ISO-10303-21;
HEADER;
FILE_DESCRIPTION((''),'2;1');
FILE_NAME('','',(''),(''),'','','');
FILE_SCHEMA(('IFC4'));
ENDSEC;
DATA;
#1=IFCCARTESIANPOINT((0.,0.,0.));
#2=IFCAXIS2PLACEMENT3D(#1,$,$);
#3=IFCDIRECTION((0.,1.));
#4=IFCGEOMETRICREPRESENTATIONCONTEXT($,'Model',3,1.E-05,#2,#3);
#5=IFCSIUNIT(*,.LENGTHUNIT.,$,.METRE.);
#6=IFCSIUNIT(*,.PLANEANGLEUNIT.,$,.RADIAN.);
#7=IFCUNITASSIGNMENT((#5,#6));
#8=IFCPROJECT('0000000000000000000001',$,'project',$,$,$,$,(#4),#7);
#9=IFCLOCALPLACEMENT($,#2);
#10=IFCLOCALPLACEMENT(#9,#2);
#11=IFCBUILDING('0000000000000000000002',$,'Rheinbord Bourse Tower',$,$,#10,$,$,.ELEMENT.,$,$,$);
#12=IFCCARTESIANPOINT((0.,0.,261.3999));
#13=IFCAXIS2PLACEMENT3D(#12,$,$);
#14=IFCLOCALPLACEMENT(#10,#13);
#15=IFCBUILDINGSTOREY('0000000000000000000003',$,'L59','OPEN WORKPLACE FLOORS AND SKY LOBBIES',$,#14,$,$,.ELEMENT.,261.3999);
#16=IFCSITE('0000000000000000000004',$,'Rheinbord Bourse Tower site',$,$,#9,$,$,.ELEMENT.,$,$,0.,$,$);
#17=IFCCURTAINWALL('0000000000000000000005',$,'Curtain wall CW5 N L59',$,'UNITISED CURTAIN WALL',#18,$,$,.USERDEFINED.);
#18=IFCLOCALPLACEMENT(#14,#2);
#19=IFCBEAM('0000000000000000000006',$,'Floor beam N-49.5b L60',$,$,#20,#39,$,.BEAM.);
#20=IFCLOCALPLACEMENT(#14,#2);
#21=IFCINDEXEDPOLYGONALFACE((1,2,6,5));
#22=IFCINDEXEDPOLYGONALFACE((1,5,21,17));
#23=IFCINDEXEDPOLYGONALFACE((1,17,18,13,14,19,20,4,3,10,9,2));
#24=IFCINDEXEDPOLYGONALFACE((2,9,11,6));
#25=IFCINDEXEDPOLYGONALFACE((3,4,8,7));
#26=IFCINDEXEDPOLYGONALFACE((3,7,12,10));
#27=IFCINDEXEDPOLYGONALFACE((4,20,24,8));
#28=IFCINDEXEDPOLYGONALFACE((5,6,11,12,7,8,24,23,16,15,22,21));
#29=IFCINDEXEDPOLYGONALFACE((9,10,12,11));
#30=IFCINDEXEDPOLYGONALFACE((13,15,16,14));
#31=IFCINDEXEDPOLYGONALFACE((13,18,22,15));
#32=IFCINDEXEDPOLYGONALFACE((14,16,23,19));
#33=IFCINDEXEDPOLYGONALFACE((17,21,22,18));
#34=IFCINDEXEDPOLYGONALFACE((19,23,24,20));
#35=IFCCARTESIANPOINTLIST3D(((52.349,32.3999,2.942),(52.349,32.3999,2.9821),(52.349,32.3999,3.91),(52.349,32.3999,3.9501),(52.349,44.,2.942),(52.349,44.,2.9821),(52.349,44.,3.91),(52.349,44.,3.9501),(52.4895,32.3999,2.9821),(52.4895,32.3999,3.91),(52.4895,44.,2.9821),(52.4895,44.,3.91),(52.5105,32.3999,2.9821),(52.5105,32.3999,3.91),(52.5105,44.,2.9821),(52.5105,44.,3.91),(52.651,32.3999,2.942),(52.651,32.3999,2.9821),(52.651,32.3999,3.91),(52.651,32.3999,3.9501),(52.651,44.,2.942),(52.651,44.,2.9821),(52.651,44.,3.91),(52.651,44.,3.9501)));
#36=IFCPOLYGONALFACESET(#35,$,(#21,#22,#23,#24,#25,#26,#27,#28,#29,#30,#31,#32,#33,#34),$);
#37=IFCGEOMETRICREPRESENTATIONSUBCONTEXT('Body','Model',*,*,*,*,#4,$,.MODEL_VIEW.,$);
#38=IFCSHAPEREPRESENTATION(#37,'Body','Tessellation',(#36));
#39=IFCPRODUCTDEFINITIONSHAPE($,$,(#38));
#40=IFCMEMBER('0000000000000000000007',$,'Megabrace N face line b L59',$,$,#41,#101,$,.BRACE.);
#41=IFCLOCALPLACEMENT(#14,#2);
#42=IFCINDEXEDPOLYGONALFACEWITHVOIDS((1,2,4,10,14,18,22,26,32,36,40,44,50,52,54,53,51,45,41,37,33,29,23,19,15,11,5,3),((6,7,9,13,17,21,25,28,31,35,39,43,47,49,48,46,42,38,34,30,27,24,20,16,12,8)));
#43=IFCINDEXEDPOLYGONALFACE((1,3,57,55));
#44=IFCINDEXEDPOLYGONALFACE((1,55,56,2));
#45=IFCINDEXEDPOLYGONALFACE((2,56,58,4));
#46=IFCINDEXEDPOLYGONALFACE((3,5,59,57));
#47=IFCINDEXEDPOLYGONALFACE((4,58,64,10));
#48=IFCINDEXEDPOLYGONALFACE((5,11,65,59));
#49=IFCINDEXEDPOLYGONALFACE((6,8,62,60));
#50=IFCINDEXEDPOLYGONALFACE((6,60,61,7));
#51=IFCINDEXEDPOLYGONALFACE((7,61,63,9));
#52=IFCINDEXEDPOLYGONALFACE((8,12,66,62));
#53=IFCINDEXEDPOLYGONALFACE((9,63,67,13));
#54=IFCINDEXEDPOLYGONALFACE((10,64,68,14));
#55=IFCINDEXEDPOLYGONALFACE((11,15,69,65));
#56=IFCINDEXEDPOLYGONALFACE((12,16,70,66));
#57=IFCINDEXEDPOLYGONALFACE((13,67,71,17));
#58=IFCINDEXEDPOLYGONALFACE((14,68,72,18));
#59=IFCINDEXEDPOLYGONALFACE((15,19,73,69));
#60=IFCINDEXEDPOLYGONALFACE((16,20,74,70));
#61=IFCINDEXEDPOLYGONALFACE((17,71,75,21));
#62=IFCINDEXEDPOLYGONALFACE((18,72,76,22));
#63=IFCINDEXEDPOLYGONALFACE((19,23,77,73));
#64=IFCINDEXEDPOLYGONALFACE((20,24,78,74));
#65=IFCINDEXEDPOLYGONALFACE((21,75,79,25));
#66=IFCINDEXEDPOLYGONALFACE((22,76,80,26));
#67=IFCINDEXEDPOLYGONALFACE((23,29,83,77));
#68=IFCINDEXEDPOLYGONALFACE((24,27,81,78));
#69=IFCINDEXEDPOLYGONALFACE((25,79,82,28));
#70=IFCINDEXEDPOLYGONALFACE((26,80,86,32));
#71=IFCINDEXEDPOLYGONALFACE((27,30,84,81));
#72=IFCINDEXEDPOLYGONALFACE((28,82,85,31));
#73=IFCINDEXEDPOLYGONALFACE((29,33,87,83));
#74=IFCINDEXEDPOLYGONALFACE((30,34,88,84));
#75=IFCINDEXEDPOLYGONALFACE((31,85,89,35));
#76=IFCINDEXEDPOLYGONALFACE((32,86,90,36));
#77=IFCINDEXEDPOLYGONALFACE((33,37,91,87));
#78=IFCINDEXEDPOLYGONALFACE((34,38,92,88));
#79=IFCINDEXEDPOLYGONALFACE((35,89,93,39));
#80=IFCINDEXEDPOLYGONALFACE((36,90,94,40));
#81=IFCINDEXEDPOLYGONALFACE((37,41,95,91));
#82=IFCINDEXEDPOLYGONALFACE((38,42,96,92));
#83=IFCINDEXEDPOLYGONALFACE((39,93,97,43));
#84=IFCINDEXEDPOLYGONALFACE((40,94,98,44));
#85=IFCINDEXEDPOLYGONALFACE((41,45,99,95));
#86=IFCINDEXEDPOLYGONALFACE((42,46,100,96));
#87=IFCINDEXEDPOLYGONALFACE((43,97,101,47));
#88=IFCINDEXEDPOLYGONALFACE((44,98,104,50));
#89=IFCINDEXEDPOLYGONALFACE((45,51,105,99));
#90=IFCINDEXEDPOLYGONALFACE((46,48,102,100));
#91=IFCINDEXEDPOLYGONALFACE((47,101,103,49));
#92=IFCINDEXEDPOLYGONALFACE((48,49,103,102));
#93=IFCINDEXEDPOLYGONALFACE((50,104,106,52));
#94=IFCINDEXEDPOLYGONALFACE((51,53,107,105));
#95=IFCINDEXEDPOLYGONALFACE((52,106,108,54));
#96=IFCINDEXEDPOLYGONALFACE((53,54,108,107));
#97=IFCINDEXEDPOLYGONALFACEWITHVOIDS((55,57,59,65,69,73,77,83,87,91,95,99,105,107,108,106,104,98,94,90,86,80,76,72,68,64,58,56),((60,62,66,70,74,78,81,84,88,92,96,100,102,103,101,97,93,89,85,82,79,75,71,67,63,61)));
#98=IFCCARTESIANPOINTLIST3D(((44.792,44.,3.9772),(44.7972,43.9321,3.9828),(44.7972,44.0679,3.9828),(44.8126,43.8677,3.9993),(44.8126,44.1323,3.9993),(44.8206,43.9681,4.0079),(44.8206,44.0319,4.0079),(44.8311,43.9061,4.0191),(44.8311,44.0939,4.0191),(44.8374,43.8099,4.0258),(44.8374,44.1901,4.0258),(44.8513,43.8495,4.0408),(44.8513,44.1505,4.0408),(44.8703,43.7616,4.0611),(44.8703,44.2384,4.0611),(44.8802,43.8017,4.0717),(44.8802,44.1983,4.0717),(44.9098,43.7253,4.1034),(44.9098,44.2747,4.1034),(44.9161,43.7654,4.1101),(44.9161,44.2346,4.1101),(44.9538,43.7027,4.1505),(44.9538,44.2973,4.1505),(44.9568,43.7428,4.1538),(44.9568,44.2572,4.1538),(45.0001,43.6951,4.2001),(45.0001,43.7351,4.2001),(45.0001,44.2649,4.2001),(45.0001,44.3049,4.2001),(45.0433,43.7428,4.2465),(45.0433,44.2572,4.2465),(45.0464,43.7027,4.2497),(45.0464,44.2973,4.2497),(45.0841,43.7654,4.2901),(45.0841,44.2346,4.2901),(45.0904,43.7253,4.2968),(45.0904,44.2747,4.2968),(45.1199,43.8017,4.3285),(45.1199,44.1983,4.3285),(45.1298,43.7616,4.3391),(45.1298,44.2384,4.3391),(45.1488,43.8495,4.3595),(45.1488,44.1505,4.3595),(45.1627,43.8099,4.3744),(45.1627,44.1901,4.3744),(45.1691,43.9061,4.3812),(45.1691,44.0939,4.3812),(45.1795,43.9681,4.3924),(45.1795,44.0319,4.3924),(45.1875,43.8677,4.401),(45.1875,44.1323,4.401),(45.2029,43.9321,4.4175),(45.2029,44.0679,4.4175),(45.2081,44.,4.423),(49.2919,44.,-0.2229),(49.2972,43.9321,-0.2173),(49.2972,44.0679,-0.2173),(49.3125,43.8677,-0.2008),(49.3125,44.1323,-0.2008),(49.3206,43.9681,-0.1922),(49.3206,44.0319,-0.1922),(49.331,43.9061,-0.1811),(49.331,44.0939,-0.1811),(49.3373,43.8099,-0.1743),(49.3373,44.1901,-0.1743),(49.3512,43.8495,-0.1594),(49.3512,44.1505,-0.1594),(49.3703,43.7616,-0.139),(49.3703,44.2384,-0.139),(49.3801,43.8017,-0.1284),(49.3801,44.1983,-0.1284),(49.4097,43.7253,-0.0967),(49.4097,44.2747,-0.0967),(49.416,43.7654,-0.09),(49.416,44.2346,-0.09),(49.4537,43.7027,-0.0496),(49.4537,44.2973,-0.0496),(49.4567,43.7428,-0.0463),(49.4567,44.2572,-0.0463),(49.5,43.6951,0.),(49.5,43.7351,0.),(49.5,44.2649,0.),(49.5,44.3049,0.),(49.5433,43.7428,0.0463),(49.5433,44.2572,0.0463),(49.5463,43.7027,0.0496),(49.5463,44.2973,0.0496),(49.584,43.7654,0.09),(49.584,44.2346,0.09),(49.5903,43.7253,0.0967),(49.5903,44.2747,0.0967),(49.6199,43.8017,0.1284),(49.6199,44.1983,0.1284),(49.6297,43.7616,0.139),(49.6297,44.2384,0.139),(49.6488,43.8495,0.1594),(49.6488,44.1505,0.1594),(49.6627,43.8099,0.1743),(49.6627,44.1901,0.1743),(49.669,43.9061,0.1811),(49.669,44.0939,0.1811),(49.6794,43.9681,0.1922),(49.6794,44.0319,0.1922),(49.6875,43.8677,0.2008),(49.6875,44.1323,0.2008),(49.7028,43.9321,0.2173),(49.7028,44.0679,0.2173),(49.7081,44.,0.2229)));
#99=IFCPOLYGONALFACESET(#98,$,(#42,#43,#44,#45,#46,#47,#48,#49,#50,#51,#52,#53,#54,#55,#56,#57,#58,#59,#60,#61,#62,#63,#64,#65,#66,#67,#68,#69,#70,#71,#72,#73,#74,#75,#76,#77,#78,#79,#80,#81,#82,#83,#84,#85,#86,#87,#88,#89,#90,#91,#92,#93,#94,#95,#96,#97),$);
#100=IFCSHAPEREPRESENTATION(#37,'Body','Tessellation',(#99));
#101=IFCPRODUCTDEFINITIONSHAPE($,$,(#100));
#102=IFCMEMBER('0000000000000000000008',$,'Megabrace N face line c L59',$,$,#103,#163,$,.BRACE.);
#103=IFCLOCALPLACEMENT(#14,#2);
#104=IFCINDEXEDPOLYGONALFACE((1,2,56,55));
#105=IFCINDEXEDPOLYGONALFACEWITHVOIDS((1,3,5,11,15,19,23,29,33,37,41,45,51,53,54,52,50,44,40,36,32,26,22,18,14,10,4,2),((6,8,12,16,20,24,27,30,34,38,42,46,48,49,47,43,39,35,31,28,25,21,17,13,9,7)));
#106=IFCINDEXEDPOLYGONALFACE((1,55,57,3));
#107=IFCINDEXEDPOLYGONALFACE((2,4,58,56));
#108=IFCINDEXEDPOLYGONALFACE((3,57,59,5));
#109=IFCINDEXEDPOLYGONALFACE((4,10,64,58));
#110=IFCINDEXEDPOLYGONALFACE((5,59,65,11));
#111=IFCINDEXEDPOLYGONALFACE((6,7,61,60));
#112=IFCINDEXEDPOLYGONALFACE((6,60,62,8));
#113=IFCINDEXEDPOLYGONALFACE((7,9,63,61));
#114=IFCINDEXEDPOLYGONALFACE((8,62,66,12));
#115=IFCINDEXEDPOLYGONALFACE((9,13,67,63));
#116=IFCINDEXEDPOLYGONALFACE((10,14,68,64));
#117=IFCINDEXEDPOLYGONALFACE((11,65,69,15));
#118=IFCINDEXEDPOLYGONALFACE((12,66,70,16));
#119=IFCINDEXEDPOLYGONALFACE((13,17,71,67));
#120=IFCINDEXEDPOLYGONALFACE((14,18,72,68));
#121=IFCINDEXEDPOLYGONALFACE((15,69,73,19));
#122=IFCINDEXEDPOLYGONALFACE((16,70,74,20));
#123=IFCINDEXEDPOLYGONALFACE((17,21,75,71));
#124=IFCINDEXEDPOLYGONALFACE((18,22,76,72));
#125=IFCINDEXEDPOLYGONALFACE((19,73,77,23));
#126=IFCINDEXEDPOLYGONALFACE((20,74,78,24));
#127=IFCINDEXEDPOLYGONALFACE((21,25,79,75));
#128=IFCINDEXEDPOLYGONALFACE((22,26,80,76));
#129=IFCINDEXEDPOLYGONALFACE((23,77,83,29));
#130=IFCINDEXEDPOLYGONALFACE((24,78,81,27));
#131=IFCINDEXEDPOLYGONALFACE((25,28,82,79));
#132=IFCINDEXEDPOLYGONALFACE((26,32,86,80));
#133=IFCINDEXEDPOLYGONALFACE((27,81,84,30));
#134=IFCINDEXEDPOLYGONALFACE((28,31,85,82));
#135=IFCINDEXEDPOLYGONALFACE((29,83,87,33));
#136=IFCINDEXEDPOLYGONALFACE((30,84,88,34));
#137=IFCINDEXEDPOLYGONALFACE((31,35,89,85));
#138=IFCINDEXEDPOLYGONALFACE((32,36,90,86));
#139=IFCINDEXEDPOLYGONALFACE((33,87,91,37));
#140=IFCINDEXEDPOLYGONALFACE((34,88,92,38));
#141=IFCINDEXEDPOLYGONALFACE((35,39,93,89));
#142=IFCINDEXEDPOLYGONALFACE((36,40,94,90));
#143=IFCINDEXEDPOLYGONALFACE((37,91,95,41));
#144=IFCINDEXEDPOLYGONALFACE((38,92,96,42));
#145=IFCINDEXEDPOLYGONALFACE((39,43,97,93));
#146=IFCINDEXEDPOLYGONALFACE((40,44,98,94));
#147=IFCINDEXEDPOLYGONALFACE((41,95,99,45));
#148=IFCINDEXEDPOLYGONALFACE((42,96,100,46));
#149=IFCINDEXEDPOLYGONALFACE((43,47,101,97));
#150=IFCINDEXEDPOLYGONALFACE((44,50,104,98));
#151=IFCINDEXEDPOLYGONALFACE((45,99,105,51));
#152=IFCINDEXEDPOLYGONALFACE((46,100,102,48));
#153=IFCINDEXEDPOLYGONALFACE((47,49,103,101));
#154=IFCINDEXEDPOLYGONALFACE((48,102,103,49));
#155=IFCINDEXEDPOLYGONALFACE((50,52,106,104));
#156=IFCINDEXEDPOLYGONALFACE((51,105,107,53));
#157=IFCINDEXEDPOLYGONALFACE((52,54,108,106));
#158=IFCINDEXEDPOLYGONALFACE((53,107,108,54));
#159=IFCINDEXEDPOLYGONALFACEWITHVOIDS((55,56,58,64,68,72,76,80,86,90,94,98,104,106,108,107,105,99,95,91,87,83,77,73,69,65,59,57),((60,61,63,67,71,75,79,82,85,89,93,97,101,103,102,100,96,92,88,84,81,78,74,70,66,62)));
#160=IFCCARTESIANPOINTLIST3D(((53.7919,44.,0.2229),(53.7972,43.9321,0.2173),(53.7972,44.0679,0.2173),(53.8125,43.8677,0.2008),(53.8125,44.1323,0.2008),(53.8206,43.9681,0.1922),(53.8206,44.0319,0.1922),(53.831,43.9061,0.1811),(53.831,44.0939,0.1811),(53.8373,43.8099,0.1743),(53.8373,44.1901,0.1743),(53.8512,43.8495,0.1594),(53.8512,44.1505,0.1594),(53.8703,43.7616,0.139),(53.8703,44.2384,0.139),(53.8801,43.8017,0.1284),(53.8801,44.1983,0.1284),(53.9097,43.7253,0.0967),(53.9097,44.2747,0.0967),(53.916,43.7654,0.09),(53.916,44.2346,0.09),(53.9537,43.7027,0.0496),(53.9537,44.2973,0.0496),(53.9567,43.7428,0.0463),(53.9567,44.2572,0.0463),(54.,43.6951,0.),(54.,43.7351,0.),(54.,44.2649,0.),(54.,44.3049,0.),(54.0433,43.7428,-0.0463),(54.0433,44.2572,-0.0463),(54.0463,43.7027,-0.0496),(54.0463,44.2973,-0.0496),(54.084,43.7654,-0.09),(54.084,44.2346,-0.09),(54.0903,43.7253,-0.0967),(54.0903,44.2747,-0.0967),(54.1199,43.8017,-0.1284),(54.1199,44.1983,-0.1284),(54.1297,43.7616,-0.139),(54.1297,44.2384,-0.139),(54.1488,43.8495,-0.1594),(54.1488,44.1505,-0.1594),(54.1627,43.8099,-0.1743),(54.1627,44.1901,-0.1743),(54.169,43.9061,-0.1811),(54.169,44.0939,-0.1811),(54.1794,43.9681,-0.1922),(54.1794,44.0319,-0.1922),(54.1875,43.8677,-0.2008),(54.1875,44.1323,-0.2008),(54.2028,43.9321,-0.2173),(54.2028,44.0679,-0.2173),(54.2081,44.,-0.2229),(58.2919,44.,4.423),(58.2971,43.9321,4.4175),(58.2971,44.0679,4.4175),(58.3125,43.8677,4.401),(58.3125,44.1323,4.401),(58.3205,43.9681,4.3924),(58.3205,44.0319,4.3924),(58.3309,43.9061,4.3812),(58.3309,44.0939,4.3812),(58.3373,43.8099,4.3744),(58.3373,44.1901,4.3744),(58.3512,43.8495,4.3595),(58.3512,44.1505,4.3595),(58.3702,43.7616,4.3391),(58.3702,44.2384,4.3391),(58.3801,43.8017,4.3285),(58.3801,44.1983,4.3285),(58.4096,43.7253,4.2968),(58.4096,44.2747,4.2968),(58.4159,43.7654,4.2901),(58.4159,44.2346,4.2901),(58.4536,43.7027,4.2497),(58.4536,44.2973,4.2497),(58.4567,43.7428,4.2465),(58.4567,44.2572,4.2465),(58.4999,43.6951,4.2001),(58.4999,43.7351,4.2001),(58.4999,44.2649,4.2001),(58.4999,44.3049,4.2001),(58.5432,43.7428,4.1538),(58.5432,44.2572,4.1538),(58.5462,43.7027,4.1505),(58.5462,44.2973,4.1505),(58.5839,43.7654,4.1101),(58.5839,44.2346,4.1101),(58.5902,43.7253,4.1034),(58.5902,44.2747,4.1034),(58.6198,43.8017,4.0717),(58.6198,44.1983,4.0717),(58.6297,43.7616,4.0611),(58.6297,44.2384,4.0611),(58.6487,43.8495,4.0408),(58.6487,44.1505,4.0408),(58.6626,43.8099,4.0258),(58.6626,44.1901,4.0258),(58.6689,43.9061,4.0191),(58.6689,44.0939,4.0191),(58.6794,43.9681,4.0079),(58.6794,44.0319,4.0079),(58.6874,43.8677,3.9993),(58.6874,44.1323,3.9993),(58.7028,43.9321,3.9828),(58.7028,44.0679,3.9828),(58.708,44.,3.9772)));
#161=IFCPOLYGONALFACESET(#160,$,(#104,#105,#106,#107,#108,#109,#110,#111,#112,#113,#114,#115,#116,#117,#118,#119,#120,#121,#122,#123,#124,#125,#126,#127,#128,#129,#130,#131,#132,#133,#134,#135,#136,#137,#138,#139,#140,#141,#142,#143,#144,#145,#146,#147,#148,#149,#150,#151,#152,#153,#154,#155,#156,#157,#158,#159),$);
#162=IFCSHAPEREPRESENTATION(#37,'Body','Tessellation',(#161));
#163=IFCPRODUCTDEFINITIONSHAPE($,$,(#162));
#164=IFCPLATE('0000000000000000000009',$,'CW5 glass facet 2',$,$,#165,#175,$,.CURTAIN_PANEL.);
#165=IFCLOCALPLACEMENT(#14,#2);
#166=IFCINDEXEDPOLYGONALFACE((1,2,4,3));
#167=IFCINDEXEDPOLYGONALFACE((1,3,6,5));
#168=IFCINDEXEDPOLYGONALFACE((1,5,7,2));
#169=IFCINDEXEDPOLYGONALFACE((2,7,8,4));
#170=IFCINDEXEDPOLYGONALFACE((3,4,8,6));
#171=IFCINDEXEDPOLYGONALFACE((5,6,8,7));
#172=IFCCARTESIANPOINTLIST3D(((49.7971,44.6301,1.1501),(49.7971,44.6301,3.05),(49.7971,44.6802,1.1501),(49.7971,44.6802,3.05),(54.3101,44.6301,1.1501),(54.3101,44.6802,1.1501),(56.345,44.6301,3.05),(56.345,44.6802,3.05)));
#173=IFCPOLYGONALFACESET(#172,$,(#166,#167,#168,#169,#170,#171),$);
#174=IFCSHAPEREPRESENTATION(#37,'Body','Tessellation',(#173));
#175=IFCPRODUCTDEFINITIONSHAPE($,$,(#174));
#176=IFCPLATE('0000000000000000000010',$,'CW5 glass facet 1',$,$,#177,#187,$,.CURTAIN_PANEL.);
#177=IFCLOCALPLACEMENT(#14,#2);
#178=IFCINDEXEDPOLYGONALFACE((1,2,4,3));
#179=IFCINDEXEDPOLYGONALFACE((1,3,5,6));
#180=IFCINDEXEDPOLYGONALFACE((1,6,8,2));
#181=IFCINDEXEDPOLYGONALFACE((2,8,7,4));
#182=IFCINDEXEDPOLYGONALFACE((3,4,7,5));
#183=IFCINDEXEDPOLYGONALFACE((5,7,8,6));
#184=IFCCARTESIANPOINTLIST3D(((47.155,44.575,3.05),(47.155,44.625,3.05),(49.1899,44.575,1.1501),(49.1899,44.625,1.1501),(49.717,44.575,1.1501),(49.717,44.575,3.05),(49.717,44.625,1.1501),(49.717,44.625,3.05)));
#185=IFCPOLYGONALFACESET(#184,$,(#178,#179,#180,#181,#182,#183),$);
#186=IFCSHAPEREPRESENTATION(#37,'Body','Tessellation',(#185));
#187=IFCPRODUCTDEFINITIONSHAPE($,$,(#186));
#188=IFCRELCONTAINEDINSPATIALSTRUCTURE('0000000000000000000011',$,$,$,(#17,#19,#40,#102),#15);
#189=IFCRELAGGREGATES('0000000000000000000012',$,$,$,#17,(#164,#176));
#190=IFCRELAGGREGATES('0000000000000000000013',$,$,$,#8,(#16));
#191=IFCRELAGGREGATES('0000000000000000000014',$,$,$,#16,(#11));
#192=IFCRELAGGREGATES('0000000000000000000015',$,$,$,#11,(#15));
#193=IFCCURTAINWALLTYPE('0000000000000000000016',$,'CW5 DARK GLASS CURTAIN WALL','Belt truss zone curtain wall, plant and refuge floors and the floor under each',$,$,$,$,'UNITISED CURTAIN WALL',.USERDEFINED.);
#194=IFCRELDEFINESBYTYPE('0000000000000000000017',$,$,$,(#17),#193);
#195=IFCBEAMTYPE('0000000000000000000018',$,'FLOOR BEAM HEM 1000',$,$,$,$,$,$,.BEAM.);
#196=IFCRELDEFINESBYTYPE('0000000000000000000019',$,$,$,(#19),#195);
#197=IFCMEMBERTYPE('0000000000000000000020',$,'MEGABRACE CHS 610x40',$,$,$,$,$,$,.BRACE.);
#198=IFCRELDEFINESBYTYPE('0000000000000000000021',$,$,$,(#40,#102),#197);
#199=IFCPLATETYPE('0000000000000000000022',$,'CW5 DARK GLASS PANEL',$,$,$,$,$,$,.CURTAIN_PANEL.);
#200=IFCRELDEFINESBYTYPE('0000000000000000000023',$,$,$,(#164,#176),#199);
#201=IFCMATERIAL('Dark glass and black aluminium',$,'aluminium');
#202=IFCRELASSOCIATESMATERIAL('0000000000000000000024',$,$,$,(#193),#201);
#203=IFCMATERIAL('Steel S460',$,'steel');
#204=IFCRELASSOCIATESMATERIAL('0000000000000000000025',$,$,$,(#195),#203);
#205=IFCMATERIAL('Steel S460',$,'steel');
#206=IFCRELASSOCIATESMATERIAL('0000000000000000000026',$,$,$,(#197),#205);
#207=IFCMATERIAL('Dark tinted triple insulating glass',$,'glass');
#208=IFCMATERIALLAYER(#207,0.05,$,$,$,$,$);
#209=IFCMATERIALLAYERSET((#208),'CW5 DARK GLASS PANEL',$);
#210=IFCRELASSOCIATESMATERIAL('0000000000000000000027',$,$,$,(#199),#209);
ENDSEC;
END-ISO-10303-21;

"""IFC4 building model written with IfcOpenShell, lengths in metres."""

from ifc_helpers import new_model, si_unit, direction, frame, origin, origin_2d, place, context, subcontext, project, spatial, polyline, hollow_circle, i_section, outline, extrude, material, layer, layer_set, material_profile, profile_set, type_object, element, aggregate, save


model = new_model("IFC4")

# Units and contexts
model_context = context("Model", 3, precision=1e-05, world=origin(), true_north=direction((0.0, 1.0)))
body_context = subcontext(model_context, "Body", "Model", "MODEL_VIEW")
ifc_project = project(units=[si_unit("LENGTHUNIT", "METRE"), si_unit("PLANEANGLEUNIT", "RADIAN")], contexts=[model_context])

# Site, building, storey
site_placement = place(None, origin())
site = spatial("IfcSite", under=ifc_project, at=site_placement, Name="Rheinbord Bourse Tower site", CompositionType="ELEMENT", RefElevation=0.0)
building_placement = place(site_placement, origin())
building = spatial("IfcBuilding", under=site, at=building_placement, Name="Rheinbord Bourse Tower", CompositionType="ELEMENT")
storey_placement = place(building_placement, frame((0.0, 0.0, 261.3999)))
storey = spatial("IfcBuildingStorey", under=building, at=storey_placement, Name="L59", Description="OPEN WORKPLACE FLOORS AND SKY LOBBIES", CompositionType="ELEMENT", Elevation=261.3999)

# Curtain wall
ifc_material_1 = material(Name="Dark glass and black aluminium", Category="aluminium")
curtain_wall_type = type_object("IfcCurtainWallType", Name="CW5 DARK GLASS CURTAIN WALL", Description="Belt truss zone curtain wall, plant and refuge floors and the floor under each", ElementType="UNITISED CURTAIN WALL", PredefinedType="USERDEFINED", material=ifc_material_1)
curtain_wall_placement = place(storey_placement, origin())
curtain_wall = element("IfcCurtainWall", 1, at=curtain_wall_placement, inside=storey, type_object=curtain_wall_type, Name="Curtain wall CW5 N L59", ObjectType="UNITISED CURTAIN WALL", PredefinedType="USERDEFINED")

# Beam
ifc_material_2 = material(Name="Steel S460", Category="steel")
ifc_material_profile_1 = material_profile(ifc_material_2, i_section(OverallWidth=0.302, OverallDepth=1.0081, WebThickness=0.021, FlangeThickness=0.04, at=origin_2d()), Name="HEM 1000")
ifc_profile_set_1 = profile_set([ifc_material_profile_1], Name="Steel S460")
beam_type_1 = type_object("IfcBeamType", Name="FLOOR BEAM HEM 1000", PredefinedType="BEAM", material=ifc_profile_set_1)
for number, where, z_axis, x_axis, name in (
    (2, (52.5, 44.0, 3.446), (0.0, -1.0, 0.0), (1.0, 0.0, 0.0), "Floor beam N-49.5b L60"),
):
    element("IfcBeam", number, at=place(storey_placement, frame(where, z_axis=z_axis, x_axis=x_axis)), inside=storey, type_object=beam_type_1, Name=name, PredefinedType="BEAM", context=body_context, shape_type="SweptSolid", body=[
        extrude(i_section(OverallWidth=0.302, OverallDepth=1.0081, WebThickness=0.021, FlangeThickness=0.04, at=origin_2d()), origin(), (0.0, 0.0, 1.0), 11.6001),
    ])

# Members
ifc_material_3 = material(Name="Steel S460", Category="steel")
ifc_material_profile_2 = material_profile(ifc_material_3, hollow_circle(Radius=0.3049, WallThickness=0.04, at=origin_2d()), Name="CHS 610x40")
ifc_profile_set_2 = profile_set([ifc_material_profile_2], Name="Steel S460")
member_type_1 = type_object("IfcMemberType", Name="MEGABRACE CHS 610x40", PredefinedType="BRACE", material=ifc_profile_set_2)
for number, where, z_axis, x_axis, name in (
    (3, (49.5, 44.0, 0.0), (-0.731039, 0.0, 0.682335), (0.0, -1.0, 0.0), "Megabrace N face line b L59"),
    (4, (54.0, 44.0, 0.0), (0.731039, 0.0, 0.682335), (0.0, 1.0, 0.0), "Megabrace N face line c L59"),
):
    element("IfcMember", number, at=place(storey_placement, frame(where, z_axis=z_axis, x_axis=x_axis)), inside=storey, type_object=member_type_1, Name=name, PredefinedType="BRACE", context=body_context, shape_type="SweptSolid", body=[
        extrude(hollow_circle(Radius=0.3049, WallThickness=0.04, at=origin_2d()), origin(), (0.0, 0.0, 1.0), 6.1555),
    ])

# Plates
ifc_material_4 = material(Name="Dark tinted triple insulating glass", Category="glass")
ifc_layer = layer(ifc_material_4, 0.05)
ifc_layer_set = layer_set([ifc_layer], Name="CW5 DARK GLASS PANEL")
plate_type = type_object("IfcPlateType", Name="CW5 DARK GLASS PANEL", PredefinedType="CURTAIN_PANEL", material=ifc_layer_set)
plate_1_placement = place(storey_placement, frame((49.7971, 44.6802, 3.05), z_axis=(0.0, -1.0, 0.0), x_axis=(0.0, 0.0, -1.0)))
plate_1 = element("IfcPlate", 5, at=plate_1_placement, type_object=plate_type, Name="CW5 glass facet 2", PredefinedType="CURTAIN_PANEL", context=body_context, shape_type="SweptSolid", body=[
    extrude(outline(polyline([(0.0, 0.0), (1.8999, 0.0), (1.8999, 4.5129), (0.0, 6.5479), (0.0, 0.0)])), origin(), (0.0, 0.0, 1.0), 0.05),
])
plate_2_placement = place(storey_placement, frame((49.717, 44.625, 1.1501), z_axis=(0.0, -1.0, 0.0), x_axis=(0.0, 0.0, 1.0)))
plate_2 = element("IfcPlate", 6, at=plate_2_placement, type_object=plate_type, Name="CW5 glass facet 1", PredefinedType="CURTAIN_PANEL", context=body_context, shape_type="SweptSolid", body=[
    extrude(outline(polyline([(0.0, 0.0), (1.8999, 0.0), (1.8999, 2.562), (0.0, 0.5271), (0.0, 0.0)])), origin(), (0.0, 0.0, 1.0), 0.05),
])
aggregate(curtain_wall, [plate_1, plate_2])

save(model, "model.ifc")
